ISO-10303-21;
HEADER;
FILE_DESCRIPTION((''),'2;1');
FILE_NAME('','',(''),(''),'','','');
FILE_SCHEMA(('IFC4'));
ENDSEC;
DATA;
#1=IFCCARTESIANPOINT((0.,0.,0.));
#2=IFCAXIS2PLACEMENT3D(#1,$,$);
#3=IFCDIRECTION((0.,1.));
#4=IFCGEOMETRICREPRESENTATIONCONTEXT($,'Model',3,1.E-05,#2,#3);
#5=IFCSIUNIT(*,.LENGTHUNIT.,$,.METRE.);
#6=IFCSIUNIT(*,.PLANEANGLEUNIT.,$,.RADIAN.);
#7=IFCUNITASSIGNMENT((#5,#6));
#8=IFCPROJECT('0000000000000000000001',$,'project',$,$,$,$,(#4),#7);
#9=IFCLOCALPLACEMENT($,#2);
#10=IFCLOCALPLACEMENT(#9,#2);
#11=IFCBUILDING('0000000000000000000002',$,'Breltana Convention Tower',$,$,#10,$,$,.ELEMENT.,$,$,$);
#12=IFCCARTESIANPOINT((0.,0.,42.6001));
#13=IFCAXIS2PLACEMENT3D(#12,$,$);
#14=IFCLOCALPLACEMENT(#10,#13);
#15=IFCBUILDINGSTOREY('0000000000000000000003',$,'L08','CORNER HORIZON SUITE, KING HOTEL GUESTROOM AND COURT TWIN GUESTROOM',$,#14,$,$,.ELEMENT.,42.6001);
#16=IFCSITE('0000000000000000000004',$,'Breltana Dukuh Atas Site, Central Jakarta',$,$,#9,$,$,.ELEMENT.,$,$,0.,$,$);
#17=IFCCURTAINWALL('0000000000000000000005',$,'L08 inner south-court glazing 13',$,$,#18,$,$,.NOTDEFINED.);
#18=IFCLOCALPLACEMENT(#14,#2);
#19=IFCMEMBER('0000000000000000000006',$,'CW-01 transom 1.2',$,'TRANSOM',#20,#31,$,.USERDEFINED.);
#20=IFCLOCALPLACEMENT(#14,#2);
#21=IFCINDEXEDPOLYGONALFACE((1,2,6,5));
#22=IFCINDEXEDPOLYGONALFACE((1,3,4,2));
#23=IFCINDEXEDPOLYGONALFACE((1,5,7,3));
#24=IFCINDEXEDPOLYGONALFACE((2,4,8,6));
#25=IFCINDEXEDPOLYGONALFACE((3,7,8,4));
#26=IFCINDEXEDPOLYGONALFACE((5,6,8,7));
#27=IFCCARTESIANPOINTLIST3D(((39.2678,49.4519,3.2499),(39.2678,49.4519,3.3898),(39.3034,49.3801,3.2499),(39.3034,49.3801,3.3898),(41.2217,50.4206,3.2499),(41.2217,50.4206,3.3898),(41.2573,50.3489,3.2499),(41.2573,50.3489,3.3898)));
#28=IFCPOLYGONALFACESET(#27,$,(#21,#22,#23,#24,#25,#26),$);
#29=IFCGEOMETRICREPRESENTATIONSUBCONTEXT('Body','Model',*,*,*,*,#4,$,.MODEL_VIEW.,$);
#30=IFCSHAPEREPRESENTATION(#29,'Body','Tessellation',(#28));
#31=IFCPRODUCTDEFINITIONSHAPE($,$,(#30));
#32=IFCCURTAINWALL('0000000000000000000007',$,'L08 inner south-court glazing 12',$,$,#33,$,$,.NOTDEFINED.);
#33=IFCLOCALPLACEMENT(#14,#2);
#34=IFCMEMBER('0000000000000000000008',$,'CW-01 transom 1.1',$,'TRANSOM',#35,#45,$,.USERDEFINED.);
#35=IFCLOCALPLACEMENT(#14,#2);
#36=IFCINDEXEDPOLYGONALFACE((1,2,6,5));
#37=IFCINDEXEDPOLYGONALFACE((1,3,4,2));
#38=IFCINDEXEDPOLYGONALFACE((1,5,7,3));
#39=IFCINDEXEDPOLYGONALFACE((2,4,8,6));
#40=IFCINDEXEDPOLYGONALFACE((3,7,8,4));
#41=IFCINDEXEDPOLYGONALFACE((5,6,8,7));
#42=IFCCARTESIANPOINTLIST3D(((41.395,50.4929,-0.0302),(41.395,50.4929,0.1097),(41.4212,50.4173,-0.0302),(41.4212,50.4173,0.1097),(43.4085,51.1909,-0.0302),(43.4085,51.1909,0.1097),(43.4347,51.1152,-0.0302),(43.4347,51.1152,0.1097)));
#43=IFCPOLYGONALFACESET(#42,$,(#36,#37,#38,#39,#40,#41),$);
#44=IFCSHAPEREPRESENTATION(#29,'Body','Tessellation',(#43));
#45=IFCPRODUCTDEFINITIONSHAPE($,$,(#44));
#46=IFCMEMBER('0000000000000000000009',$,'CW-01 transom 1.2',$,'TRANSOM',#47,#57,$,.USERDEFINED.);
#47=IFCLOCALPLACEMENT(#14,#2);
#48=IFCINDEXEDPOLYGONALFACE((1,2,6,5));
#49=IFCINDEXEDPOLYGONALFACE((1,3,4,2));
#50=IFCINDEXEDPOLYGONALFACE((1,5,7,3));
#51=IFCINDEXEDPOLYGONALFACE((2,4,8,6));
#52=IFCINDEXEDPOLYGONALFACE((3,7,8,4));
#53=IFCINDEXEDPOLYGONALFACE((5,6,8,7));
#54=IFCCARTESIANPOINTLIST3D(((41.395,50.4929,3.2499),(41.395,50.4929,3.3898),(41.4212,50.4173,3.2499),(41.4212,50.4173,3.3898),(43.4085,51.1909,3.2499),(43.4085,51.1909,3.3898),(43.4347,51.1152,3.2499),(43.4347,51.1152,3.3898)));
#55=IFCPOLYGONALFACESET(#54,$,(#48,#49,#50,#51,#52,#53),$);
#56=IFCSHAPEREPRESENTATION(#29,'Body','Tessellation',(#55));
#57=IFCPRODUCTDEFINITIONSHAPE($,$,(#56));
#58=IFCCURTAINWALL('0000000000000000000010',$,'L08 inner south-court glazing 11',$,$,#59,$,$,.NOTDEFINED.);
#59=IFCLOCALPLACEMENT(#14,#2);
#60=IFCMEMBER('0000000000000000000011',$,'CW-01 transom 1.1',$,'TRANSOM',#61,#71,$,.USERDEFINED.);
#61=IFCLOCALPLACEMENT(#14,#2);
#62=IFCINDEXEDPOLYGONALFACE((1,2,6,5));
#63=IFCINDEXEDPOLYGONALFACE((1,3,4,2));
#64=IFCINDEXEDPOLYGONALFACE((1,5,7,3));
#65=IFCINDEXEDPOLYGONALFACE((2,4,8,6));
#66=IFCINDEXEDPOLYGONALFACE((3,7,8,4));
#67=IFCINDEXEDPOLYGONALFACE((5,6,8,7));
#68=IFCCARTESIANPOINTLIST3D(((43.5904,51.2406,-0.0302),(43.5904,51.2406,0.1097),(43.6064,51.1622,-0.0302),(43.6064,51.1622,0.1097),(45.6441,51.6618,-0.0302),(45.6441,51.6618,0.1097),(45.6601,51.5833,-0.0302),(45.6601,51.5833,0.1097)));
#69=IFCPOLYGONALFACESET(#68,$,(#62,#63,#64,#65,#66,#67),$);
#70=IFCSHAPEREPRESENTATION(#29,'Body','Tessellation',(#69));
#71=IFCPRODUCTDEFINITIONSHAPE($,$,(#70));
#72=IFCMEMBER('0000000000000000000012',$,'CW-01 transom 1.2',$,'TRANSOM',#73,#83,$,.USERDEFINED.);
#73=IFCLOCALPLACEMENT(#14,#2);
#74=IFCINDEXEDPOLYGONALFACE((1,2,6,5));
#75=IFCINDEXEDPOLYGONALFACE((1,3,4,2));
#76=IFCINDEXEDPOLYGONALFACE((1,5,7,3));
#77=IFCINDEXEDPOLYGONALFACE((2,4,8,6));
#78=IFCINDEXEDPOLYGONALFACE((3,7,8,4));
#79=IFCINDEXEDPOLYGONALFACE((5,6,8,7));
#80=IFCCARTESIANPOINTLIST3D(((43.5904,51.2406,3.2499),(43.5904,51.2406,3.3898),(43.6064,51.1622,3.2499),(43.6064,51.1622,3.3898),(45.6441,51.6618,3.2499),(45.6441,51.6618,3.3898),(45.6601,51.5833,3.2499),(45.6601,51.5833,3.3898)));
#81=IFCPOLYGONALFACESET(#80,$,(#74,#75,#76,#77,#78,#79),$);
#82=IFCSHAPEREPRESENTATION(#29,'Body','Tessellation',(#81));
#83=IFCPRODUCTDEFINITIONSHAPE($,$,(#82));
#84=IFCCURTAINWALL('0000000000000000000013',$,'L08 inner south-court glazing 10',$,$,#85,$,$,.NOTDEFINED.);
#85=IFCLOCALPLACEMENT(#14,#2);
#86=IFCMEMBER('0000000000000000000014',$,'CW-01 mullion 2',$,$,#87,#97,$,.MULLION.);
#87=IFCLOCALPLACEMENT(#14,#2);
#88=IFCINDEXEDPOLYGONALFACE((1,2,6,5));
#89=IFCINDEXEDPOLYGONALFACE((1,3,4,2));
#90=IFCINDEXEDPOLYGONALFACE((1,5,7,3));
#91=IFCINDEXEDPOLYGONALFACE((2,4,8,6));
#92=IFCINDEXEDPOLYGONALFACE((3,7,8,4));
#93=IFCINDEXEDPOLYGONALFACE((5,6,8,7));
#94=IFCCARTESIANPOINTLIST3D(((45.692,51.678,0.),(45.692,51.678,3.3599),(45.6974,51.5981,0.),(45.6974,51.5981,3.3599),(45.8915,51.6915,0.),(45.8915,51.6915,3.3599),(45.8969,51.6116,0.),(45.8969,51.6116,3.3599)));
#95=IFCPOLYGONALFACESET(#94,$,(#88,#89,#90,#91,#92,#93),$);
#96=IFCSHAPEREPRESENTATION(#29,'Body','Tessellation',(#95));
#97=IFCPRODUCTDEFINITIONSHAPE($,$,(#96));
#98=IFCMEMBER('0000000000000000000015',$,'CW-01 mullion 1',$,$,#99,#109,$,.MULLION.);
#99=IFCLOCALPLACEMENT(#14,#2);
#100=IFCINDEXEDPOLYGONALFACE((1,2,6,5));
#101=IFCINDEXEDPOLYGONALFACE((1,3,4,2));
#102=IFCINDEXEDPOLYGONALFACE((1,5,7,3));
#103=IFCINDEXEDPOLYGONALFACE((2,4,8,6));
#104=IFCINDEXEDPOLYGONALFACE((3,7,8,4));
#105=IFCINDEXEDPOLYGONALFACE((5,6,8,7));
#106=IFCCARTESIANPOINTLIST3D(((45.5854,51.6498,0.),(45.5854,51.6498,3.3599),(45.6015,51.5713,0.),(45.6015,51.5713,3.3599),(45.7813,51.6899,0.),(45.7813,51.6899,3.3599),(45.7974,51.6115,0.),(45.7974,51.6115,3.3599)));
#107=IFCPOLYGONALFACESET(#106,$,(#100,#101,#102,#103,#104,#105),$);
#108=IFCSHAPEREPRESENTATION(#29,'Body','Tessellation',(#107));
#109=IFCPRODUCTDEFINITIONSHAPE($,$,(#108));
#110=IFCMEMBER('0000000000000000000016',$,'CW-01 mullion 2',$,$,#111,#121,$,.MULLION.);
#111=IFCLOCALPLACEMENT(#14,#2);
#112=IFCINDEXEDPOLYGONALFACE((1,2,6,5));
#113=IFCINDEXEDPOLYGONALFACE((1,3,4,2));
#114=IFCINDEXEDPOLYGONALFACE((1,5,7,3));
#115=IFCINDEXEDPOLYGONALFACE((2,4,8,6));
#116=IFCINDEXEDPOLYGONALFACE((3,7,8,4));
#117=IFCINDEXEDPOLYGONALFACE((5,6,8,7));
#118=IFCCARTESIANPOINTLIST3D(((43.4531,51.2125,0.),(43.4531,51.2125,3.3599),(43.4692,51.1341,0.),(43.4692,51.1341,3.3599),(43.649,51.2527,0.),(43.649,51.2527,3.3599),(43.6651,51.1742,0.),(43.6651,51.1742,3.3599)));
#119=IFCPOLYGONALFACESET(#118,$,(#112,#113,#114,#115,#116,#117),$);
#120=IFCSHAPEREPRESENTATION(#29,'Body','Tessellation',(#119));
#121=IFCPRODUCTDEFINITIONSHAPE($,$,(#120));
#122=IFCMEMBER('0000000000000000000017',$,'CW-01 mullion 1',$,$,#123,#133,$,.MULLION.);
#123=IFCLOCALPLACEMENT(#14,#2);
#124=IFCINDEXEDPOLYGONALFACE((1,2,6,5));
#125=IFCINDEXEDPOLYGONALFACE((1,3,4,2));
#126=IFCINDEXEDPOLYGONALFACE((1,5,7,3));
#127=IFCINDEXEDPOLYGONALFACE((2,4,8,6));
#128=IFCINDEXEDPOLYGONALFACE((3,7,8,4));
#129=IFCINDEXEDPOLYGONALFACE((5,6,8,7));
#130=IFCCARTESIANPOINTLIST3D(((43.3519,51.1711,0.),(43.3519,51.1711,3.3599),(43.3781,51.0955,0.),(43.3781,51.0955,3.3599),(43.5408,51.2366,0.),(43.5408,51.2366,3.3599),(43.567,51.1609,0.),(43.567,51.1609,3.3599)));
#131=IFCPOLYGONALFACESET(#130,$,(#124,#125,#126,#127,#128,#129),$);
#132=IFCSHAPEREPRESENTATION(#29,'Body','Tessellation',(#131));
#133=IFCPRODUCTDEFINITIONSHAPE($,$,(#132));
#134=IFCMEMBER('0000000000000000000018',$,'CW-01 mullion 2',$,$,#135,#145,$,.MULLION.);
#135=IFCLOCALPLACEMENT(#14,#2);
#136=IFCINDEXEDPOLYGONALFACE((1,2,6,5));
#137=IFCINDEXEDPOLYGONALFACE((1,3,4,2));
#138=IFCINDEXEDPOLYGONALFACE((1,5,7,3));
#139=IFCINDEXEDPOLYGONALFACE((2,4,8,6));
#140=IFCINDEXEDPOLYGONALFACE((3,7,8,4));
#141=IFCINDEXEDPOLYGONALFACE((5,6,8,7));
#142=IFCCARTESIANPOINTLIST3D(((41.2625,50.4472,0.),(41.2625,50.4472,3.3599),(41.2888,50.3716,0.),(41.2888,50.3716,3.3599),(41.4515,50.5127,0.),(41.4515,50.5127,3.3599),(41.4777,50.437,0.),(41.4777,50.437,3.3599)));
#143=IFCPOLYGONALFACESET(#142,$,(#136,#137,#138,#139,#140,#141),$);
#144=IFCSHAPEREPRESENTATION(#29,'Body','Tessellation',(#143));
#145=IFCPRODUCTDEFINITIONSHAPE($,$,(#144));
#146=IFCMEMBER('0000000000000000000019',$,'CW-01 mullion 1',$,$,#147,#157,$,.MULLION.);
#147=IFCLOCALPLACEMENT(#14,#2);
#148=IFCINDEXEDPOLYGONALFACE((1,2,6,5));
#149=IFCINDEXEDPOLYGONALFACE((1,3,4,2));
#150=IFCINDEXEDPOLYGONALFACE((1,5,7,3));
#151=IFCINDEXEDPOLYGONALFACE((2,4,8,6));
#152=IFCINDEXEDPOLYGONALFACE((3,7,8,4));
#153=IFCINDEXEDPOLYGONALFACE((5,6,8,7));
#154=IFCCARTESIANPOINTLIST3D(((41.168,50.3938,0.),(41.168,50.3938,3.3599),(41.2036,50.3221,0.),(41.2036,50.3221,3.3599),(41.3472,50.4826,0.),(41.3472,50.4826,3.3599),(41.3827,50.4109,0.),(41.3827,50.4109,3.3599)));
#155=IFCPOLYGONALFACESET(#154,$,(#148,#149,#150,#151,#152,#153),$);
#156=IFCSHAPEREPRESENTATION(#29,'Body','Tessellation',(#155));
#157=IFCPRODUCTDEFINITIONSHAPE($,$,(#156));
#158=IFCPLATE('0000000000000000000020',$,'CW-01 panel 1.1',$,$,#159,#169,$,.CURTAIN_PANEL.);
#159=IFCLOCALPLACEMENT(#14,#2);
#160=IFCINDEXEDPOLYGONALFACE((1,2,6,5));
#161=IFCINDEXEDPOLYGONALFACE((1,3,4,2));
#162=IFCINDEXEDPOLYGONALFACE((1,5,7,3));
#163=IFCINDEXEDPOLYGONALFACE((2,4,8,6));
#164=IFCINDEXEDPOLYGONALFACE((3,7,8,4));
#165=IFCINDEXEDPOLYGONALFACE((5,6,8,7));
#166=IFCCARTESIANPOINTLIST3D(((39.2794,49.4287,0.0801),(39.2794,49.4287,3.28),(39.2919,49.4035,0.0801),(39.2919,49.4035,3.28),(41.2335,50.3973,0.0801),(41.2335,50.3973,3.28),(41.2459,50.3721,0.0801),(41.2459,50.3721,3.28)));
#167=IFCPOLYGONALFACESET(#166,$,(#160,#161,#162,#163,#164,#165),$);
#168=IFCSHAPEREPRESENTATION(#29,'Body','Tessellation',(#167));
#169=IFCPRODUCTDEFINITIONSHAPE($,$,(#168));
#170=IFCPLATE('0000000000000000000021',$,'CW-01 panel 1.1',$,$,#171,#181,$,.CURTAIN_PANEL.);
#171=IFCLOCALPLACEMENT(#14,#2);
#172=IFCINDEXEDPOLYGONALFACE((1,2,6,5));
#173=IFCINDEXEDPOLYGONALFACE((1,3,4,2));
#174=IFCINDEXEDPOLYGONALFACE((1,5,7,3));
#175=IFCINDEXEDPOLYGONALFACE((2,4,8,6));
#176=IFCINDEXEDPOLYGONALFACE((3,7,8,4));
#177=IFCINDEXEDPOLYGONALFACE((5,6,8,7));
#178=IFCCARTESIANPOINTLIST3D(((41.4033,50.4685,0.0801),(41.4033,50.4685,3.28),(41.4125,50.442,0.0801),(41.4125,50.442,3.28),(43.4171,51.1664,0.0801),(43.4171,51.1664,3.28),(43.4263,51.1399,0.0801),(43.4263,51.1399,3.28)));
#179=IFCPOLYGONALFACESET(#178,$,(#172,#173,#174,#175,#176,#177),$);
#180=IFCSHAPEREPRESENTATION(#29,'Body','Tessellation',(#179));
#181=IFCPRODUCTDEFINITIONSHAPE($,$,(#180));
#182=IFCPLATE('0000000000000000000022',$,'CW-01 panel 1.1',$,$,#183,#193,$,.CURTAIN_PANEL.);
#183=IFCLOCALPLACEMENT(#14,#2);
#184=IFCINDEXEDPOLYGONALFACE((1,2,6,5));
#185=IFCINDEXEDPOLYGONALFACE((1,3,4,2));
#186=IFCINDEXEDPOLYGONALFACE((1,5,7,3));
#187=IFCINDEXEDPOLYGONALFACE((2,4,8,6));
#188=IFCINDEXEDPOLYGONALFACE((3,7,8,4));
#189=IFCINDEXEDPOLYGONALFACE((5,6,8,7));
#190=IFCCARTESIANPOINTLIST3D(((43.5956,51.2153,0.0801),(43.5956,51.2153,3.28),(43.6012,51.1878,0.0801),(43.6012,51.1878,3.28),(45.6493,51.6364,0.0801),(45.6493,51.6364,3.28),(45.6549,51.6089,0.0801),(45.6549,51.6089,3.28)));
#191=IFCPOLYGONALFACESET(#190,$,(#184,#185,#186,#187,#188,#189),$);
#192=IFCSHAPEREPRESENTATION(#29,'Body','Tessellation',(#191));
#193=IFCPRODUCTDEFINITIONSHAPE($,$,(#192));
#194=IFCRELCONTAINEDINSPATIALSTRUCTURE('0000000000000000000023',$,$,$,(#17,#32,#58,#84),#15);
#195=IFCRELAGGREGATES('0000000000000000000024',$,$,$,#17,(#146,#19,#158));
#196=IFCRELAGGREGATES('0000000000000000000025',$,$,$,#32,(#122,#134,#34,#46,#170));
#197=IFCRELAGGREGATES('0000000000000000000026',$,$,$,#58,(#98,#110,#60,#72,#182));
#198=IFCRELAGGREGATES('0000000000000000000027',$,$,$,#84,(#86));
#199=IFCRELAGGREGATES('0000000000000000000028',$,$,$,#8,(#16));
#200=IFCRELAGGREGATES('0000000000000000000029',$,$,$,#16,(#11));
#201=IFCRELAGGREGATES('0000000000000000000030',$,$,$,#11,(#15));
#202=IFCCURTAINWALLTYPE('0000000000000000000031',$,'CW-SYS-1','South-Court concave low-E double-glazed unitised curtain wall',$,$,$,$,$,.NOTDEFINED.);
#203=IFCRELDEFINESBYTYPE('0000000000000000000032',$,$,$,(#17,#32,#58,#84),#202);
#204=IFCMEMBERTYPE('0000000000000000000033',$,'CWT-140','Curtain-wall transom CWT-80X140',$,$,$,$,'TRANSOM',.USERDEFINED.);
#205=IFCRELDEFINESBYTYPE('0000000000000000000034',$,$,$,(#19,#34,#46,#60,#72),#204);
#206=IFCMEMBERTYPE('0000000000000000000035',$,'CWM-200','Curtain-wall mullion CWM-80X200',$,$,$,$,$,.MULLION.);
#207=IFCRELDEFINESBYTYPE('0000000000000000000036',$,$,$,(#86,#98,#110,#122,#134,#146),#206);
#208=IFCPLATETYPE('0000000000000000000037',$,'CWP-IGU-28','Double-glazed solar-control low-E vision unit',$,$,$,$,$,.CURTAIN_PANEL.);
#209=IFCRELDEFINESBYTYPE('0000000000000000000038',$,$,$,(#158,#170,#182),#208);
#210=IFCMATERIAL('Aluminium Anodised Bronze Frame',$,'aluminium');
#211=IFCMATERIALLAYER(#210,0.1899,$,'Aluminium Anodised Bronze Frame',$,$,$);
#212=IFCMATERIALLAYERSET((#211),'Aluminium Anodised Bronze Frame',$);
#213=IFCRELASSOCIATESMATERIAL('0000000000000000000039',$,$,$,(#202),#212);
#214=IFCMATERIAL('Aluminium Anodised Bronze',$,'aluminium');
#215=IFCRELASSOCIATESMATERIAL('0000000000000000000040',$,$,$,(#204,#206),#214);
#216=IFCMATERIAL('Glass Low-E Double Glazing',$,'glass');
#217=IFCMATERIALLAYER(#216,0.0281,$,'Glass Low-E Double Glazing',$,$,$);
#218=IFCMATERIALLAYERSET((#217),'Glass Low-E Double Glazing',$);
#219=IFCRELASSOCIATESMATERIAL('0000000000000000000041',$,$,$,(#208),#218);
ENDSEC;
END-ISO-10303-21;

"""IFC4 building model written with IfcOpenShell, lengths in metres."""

from ifc_helpers import new_model, si_unit, direction, frame, origin, origin_2d, place, context, subcontext, project, spatial, rectangle, extrude, source, transform, mapped, material, layer, layer_set, material_profile, profile_set, type_object, element, aggregate, save


model = new_model("IFC4")

# Units and contexts
model_context = context("Model", 3, precision=1e-05, world=origin(), true_north=direction((0.0, 1.0)))
body_context = subcontext(model_context, "Body", "Model", "MODEL_VIEW")
ifc_project = project(units=[si_unit("LENGTHUNIT", "METRE"), si_unit("PLANEANGLEUNIT", "RADIAN")], contexts=[model_context])

# Site, building, storey
site_placement = place(None, origin())
site = spatial("IfcSite", under=ifc_project, at=site_placement, Name="Breltana Dukuh Atas Site, Central Jakarta", CompositionType="ELEMENT", RefElevation=0.0)
building_placement = place(site_placement, origin())
building = spatial("IfcBuilding", under=site, at=building_placement, Name="Breltana Convention Tower", CompositionType="ELEMENT")
storey_placement = place(building_placement, frame((0.0, 0.0, 42.6001)))
storey = spatial("IfcBuildingStorey", under=building, at=storey_placement, Name="L08", Description="CORNER HORIZON SUITE, KING HOTEL GUESTROOM AND COURT TWIN GUESTROOM", CompositionType="ELEMENT", Elevation=42.6001)

# Curtain walls, members
ifc_material_1 = material(Name="Aluminium Anodised Bronze Frame", Category="aluminium")
ifc_layer_1 = layer(ifc_material_1, 0.1899, Name="Aluminium Anodised Bronze Frame")
ifc_layer_set_1 = layer_set([ifc_layer_1], Name="Aluminium Anodised Bronze Frame")
curtain_wall_type = type_object("IfcCurtainWallType", Name="CW-SYS-1", Description="South-Court concave low-E double-glazed unitised curtain wall", PredefinedType="NOTDEFINED", material=ifc_layer_set_1)
curtain_wall_1_placement = place(storey_placement, origin())
curtain_wall_1 = element("IfcCurtainWall", 1, at=curtain_wall_1_placement, inside=storey, type_object=curtain_wall_type, Name="L08 inner south-court glazing 13", PredefinedType="NOTDEFINED")
ifc_material_2 = material(Name="Aluminium Anodised Bronze", Category="aluminium")
ifc_material_profile_1 = material_profile(ifc_material_2, rectangle(XDim=0.0801, YDim=0.1399, at=origin_2d()), Name="CWT-80X140")
ifc_profile_set_1 = profile_set([ifc_material_profile_1], Name="Aluminium Anodised Bronze")
member_type_1 = type_object("IfcMemberType", Name="CWT-140", Description="Curtain-wall transom CWT-80X140", ElementType="TRANSOM", PredefinedType="USERDEFINED", material=ifc_profile_set_1)
shared_shape_1 = source(origin(), body_context, "Body", "SweptSolid", [
    extrude(rectangle(XDim=0.0801, YDim=0.1399, at=origin_2d()), origin(), (0.0, 0.0, 1.0), 2.1809),
])
member_1_placement = place(storey_placement, frame((41.2395, 50.3848, 3.3198), z_axis=(-0.895922, -0.444211, 0.0), x_axis=(0.444211, -0.895922, 0.0)))
member_1 = element("IfcMember", 2, at=member_1_placement, type_object=member_type_1, Name="CW-01 transom 1.2", ObjectType="TRANSOM", PredefinedType="USERDEFINED", context=body_context, shape_type="MappedRepresentation", body=[
    mapped(shared_shape_1, transform((0.0, 0.0, 0.0), scale=1.0)),
])
curtain_wall_2_placement = place(storey_placement, origin())
curtain_wall_2 = element("IfcCurtainWall", 3, at=curtain_wall_2_placement, inside=storey, type_object=curtain_wall_type, Name="L08 inner south-court glazing 12", PredefinedType="NOTDEFINED")
shared_shape_2 = source(origin(), body_context, "Body", "SweptSolid", [
    extrude(rectangle(XDim=0.0801, YDim=0.1399, at=origin_2d()), origin(), (0.0, 0.0, 1.0), 2.1311),
])
member_2_placement = place(storey_placement, frame((43.4216, 51.1531, 0.0398), z_axis=(-0.944847, -0.327512, 0.0), x_axis=(0.327512, -0.944847, 0.0)))
member_2 = element("IfcMember", 4, at=member_2_placement, type_object=member_type_1, Name="CW-01 transom 1.1", ObjectType="TRANSOM", PredefinedType="USERDEFINED", context=body_context, shape_type="MappedRepresentation", body=[
    mapped(shared_shape_2, transform((0.0, 0.0, 0.0), scale=1.0)),
])
member_3_placement = place(storey_placement, frame((43.4216, 51.1531, 3.3198), z_axis=(-0.944847, -0.327512, 0.0), x_axis=(0.327512, -0.944847, 0.0)))
member_3 = element("IfcMember", 5, at=member_3_placement, type_object=member_type_1, Name="CW-01 transom 1.2", ObjectType="TRANSOM", PredefinedType="USERDEFINED", context=body_context, shape_type="MappedRepresentation", body=[
    mapped(shared_shape_2, transform((0.0, 0.0, 0.0), scale=1.0)),
])
curtain_wall_3_placement = place(storey_placement, origin())
curtain_wall_3 = element("IfcCurtainWall", 6, at=curtain_wall_3_placement, inside=storey, type_object=curtain_wall_type, Name="L08 inner south-court glazing 11", PredefinedType="NOTDEFINED")
shared_shape_3 = source(origin(), body_context, "Body", "SweptSolid", [
    extrude(rectangle(XDim=0.0801, YDim=0.1399, at=origin_2d()), origin(), (0.0, 0.0, 1.0), 2.0964),
])
member_4_placement = place(storey_placement, frame((45.6521, 51.6226, 0.0398), z_axis=(-0.979615, -0.200884, 0.0), x_axis=(0.200884, -0.979615, 0.0)))
member_4 = element("IfcMember", 7, at=member_4_placement, type_object=member_type_1, Name="CW-01 transom 1.1", ObjectType="TRANSOM", PredefinedType="USERDEFINED", context=body_context, shape_type="MappedRepresentation", body=[
    mapped(shared_shape_3, transform((0.0, 0.0, 0.0), scale=1.0)),
])
member_5_placement = place(storey_placement, frame((45.6521, 51.6226, 3.3198), z_axis=(-0.979615, -0.200884, 0.0), x_axis=(0.200884, -0.979615, 0.0)))
member_5 = element("IfcMember", 8, at=member_5_placement, type_object=member_type_1, Name="CW-01 transom 1.2", ObjectType="TRANSOM", PredefinedType="USERDEFINED", context=body_context, shape_type="MappedRepresentation", body=[
    mapped(shared_shape_3, transform((0.0, 0.0, 0.0), scale=1.0)),
])

# Curtain wall, member
curtain_wall_4_placement = place(storey_placement, origin())
curtain_wall_4 = element("IfcCurtainWall", 9, at=curtain_wall_4_placement, inside=storey, type_object=curtain_wall_type, Name="L08 inner south-court glazing 10", PredefinedType="NOTDEFINED")
ifc_material_profile_2 = material_profile(ifc_material_2, rectangle(XDim=0.0801, YDim=0.2, at=origin_2d()), Name="CWM-80X200")
ifc_profile_set_2 = profile_set([ifc_material_profile_2], Name="Aluminium Anodised Bronze")
member_type_2 = type_object("IfcMemberType", Name="CWM-200", Description="Curtain-wall mullion CWM-80X200", PredefinedType="MULLION", material=ifc_profile_set_2)
shared_shape_4 = source(origin(), body_context, "Body", "SweptSolid", [
    extrude(rectangle(XDim=0.0801, YDim=0.2, at=origin_2d()), origin(), (0.0, 0.0, 1.0), 3.3599),
])
member_6_placement = place(storey_placement, frame((45.7944, 51.6448, 0.0), z_axis=(0.0, 0.0, 1.0), x_axis=(0.067726, -0.997704, 0.0)))
member_6 = element("IfcMember", 10, at=member_6_placement, type_object=member_type_2, Name="CW-01 mullion 2", PredefinedType="MULLION", context=body_context, shape_type="MappedRepresentation", body=[
    mapped(shared_shape_4, transform((0.0, 0.0, 0.0), scale=1.0)),
])

# Members
member_7_placement = place(storey_placement, frame((45.6914, 51.6306, 0.0), z_axis=(0.0, 0.0, 1.0), x_axis=(0.200886, -0.979615, 0.0)))
member_7 = element("IfcMember", 11, at=member_7_placement, type_object=member_type_2, Name="CW-01 mullion 1", PredefinedType="MULLION", context=body_context, shape_type="MappedRepresentation", body=[
    mapped(shared_shape_4, transform((0.0, 0.0, 0.0), scale=1.0)),
])
member_8_placement = place(storey_placement, frame((43.5591, 51.1934, 0.0), z_axis=(0.0, 0.0, 1.0), x_axis=(0.200886, -0.979615, 0.0)))
member_8 = element("IfcMember", 12, at=member_8_placement, type_object=member_type_2, Name="CW-01 mullion 2", PredefinedType="MULLION", context=body_context, shape_type="MappedRepresentation", body=[
    mapped(shared_shape_4, transform((0.0, 0.0, 0.0), scale=1.0)),
])
member_9_placement = place(storey_placement, frame((43.4595, 51.166, 0.0), z_axis=(0.0, 0.0, 1.0), x_axis=(0.327413, -0.944881, 0.0)))
member_9 = element("IfcMember", 13, at=member_9_placement, type_object=member_type_2, Name="CW-01 mullion 1", PredefinedType="MULLION", context=body_context, shape_type="MappedRepresentation", body=[
    mapped(shared_shape_4, transform((0.0, 0.0, 0.0), scale=1.0)),
])
member_10_placement = place(storey_placement, frame((41.3701, 50.4421, 0.0), z_axis=(0.0, 0.0, 1.0), x_axis=(0.327413, -0.944881, 0.0)))
member_10 = element("IfcMember", 14, at=member_10_placement, type_object=member_type_2, Name="CW-01 mullion 2", PredefinedType="MULLION", context=body_context, shape_type="MappedRepresentation", body=[
    mapped(shared_shape_4, transform((0.0, 0.0, 0.0), scale=1.0)),
])
member_11_placement = place(storey_placement, frame((41.2754, 50.4023, 0.0), z_axis=(0.0, 0.0, 1.0), x_axis=(0.444118, -0.895968, 0.0)))
member_11 = element("IfcMember", 15, at=member_11_placement, type_object=member_type_2, Name="CW-01 mullion 1", PredefinedType="MULLION", context=body_context, shape_type="MappedRepresentation", body=[
    mapped(shared_shape_4, transform((0.0, 0.0, 0.0), scale=1.0)),
])

# Plates
ifc_material_3 = material(Name="Glass Low-E Double Glazing", Category="glass")
ifc_layer_2 = layer(ifc_material_3, 0.0281, Name="Glass Low-E Double Glazing")
ifc_layer_set_2 = layer_set([ifc_layer_2], Name="Glass Low-E Double Glazing")
plate_type = type_object("IfcPlateType", Name="CWP-IGU-28", Description="Double-glazed solar-control low-E vision unit", PredefinedType="CURTAIN_PANEL", material=ifc_layer_set_2)
shared_shape_5 = source(origin(), body_context, "Body", "SweptSolid", [
    extrude(rectangle(XDim=2.1809, YDim=0.0281, at=origin_2d()), origin(), (0.0, 0.0, 1.0), 3.2),
])
plate_1_placement = place(storey_placement, frame((40.2627, 49.9004, 0.0801), z_axis=(0.0, 0.0, 1.0), x_axis=(-0.895968, -0.444118, 0.0)))
plate_1 = element("IfcPlate", 16, at=plate_1_placement, type_object=plate_type, Name="CW-01 panel 1.1", PredefinedType="CURTAIN_PANEL", context=body_context, shape_type="MappedRepresentation", body=[
    mapped(shared_shape_5, transform((0.0, 0.0, 0.0), scale=1.0)),
])
aggregate(curtain_wall_1, [member_11, member_1, plate_1])
shared_shape_6 = source(origin(), body_context, "Body", "SweptSolid", [
    extrude(rectangle(XDim=2.1313, YDim=0.0281, at=origin_2d()), origin(), (0.0, 0.0, 1.0), 3.2),
])
plate_2_placement = place(storey_placement, frame((42.4148, 50.8042, 0.0801), z_axis=(0.0, 0.0, 1.0), x_axis=(-0.944881, -0.327413, 0.0)))
plate_2 = element("IfcPlate", 17, at=plate_2_placement, type_object=plate_type, Name="CW-01 panel 1.1", PredefinedType="CURTAIN_PANEL", context=body_context, shape_type="MappedRepresentation", body=[
    mapped(shared_shape_6, transform((0.0, 0.0, 0.0), scale=1.0)),
])
aggregate(curtain_wall_2, [member_9, member_10, member_2, member_3, plate_2])
shared_shape_7 = source(origin(), body_context, "Body", "SweptSolid", [
    extrude(rectangle(XDim=2.0964, YDim=0.0281, at=origin_2d()), origin(), (0.0, 0.0, 1.0), 3.2),
])
plate_3_placement = place(storey_placement, frame((44.6252, 51.4121, 0.0801), z_axis=(0.0, 0.0, 1.0), x_axis=(-0.979615, -0.200886, 0.0)))
plate_3 = element("IfcPlate", 18, at=plate_3_placement, type_object=plate_type, Name="CW-01 panel 1.1", PredefinedType="CURTAIN_PANEL", context=body_context, shape_type="MappedRepresentation", body=[
    mapped(shared_shape_7, transform((0.0, 0.0, 0.0), scale=1.0)),
])
aggregate(curtain_wall_3, [member_7, member_8, member_4, member_5, plate_3])
aggregate(curtain_wall_4, [member_6])

save(model, "model.ifc")
